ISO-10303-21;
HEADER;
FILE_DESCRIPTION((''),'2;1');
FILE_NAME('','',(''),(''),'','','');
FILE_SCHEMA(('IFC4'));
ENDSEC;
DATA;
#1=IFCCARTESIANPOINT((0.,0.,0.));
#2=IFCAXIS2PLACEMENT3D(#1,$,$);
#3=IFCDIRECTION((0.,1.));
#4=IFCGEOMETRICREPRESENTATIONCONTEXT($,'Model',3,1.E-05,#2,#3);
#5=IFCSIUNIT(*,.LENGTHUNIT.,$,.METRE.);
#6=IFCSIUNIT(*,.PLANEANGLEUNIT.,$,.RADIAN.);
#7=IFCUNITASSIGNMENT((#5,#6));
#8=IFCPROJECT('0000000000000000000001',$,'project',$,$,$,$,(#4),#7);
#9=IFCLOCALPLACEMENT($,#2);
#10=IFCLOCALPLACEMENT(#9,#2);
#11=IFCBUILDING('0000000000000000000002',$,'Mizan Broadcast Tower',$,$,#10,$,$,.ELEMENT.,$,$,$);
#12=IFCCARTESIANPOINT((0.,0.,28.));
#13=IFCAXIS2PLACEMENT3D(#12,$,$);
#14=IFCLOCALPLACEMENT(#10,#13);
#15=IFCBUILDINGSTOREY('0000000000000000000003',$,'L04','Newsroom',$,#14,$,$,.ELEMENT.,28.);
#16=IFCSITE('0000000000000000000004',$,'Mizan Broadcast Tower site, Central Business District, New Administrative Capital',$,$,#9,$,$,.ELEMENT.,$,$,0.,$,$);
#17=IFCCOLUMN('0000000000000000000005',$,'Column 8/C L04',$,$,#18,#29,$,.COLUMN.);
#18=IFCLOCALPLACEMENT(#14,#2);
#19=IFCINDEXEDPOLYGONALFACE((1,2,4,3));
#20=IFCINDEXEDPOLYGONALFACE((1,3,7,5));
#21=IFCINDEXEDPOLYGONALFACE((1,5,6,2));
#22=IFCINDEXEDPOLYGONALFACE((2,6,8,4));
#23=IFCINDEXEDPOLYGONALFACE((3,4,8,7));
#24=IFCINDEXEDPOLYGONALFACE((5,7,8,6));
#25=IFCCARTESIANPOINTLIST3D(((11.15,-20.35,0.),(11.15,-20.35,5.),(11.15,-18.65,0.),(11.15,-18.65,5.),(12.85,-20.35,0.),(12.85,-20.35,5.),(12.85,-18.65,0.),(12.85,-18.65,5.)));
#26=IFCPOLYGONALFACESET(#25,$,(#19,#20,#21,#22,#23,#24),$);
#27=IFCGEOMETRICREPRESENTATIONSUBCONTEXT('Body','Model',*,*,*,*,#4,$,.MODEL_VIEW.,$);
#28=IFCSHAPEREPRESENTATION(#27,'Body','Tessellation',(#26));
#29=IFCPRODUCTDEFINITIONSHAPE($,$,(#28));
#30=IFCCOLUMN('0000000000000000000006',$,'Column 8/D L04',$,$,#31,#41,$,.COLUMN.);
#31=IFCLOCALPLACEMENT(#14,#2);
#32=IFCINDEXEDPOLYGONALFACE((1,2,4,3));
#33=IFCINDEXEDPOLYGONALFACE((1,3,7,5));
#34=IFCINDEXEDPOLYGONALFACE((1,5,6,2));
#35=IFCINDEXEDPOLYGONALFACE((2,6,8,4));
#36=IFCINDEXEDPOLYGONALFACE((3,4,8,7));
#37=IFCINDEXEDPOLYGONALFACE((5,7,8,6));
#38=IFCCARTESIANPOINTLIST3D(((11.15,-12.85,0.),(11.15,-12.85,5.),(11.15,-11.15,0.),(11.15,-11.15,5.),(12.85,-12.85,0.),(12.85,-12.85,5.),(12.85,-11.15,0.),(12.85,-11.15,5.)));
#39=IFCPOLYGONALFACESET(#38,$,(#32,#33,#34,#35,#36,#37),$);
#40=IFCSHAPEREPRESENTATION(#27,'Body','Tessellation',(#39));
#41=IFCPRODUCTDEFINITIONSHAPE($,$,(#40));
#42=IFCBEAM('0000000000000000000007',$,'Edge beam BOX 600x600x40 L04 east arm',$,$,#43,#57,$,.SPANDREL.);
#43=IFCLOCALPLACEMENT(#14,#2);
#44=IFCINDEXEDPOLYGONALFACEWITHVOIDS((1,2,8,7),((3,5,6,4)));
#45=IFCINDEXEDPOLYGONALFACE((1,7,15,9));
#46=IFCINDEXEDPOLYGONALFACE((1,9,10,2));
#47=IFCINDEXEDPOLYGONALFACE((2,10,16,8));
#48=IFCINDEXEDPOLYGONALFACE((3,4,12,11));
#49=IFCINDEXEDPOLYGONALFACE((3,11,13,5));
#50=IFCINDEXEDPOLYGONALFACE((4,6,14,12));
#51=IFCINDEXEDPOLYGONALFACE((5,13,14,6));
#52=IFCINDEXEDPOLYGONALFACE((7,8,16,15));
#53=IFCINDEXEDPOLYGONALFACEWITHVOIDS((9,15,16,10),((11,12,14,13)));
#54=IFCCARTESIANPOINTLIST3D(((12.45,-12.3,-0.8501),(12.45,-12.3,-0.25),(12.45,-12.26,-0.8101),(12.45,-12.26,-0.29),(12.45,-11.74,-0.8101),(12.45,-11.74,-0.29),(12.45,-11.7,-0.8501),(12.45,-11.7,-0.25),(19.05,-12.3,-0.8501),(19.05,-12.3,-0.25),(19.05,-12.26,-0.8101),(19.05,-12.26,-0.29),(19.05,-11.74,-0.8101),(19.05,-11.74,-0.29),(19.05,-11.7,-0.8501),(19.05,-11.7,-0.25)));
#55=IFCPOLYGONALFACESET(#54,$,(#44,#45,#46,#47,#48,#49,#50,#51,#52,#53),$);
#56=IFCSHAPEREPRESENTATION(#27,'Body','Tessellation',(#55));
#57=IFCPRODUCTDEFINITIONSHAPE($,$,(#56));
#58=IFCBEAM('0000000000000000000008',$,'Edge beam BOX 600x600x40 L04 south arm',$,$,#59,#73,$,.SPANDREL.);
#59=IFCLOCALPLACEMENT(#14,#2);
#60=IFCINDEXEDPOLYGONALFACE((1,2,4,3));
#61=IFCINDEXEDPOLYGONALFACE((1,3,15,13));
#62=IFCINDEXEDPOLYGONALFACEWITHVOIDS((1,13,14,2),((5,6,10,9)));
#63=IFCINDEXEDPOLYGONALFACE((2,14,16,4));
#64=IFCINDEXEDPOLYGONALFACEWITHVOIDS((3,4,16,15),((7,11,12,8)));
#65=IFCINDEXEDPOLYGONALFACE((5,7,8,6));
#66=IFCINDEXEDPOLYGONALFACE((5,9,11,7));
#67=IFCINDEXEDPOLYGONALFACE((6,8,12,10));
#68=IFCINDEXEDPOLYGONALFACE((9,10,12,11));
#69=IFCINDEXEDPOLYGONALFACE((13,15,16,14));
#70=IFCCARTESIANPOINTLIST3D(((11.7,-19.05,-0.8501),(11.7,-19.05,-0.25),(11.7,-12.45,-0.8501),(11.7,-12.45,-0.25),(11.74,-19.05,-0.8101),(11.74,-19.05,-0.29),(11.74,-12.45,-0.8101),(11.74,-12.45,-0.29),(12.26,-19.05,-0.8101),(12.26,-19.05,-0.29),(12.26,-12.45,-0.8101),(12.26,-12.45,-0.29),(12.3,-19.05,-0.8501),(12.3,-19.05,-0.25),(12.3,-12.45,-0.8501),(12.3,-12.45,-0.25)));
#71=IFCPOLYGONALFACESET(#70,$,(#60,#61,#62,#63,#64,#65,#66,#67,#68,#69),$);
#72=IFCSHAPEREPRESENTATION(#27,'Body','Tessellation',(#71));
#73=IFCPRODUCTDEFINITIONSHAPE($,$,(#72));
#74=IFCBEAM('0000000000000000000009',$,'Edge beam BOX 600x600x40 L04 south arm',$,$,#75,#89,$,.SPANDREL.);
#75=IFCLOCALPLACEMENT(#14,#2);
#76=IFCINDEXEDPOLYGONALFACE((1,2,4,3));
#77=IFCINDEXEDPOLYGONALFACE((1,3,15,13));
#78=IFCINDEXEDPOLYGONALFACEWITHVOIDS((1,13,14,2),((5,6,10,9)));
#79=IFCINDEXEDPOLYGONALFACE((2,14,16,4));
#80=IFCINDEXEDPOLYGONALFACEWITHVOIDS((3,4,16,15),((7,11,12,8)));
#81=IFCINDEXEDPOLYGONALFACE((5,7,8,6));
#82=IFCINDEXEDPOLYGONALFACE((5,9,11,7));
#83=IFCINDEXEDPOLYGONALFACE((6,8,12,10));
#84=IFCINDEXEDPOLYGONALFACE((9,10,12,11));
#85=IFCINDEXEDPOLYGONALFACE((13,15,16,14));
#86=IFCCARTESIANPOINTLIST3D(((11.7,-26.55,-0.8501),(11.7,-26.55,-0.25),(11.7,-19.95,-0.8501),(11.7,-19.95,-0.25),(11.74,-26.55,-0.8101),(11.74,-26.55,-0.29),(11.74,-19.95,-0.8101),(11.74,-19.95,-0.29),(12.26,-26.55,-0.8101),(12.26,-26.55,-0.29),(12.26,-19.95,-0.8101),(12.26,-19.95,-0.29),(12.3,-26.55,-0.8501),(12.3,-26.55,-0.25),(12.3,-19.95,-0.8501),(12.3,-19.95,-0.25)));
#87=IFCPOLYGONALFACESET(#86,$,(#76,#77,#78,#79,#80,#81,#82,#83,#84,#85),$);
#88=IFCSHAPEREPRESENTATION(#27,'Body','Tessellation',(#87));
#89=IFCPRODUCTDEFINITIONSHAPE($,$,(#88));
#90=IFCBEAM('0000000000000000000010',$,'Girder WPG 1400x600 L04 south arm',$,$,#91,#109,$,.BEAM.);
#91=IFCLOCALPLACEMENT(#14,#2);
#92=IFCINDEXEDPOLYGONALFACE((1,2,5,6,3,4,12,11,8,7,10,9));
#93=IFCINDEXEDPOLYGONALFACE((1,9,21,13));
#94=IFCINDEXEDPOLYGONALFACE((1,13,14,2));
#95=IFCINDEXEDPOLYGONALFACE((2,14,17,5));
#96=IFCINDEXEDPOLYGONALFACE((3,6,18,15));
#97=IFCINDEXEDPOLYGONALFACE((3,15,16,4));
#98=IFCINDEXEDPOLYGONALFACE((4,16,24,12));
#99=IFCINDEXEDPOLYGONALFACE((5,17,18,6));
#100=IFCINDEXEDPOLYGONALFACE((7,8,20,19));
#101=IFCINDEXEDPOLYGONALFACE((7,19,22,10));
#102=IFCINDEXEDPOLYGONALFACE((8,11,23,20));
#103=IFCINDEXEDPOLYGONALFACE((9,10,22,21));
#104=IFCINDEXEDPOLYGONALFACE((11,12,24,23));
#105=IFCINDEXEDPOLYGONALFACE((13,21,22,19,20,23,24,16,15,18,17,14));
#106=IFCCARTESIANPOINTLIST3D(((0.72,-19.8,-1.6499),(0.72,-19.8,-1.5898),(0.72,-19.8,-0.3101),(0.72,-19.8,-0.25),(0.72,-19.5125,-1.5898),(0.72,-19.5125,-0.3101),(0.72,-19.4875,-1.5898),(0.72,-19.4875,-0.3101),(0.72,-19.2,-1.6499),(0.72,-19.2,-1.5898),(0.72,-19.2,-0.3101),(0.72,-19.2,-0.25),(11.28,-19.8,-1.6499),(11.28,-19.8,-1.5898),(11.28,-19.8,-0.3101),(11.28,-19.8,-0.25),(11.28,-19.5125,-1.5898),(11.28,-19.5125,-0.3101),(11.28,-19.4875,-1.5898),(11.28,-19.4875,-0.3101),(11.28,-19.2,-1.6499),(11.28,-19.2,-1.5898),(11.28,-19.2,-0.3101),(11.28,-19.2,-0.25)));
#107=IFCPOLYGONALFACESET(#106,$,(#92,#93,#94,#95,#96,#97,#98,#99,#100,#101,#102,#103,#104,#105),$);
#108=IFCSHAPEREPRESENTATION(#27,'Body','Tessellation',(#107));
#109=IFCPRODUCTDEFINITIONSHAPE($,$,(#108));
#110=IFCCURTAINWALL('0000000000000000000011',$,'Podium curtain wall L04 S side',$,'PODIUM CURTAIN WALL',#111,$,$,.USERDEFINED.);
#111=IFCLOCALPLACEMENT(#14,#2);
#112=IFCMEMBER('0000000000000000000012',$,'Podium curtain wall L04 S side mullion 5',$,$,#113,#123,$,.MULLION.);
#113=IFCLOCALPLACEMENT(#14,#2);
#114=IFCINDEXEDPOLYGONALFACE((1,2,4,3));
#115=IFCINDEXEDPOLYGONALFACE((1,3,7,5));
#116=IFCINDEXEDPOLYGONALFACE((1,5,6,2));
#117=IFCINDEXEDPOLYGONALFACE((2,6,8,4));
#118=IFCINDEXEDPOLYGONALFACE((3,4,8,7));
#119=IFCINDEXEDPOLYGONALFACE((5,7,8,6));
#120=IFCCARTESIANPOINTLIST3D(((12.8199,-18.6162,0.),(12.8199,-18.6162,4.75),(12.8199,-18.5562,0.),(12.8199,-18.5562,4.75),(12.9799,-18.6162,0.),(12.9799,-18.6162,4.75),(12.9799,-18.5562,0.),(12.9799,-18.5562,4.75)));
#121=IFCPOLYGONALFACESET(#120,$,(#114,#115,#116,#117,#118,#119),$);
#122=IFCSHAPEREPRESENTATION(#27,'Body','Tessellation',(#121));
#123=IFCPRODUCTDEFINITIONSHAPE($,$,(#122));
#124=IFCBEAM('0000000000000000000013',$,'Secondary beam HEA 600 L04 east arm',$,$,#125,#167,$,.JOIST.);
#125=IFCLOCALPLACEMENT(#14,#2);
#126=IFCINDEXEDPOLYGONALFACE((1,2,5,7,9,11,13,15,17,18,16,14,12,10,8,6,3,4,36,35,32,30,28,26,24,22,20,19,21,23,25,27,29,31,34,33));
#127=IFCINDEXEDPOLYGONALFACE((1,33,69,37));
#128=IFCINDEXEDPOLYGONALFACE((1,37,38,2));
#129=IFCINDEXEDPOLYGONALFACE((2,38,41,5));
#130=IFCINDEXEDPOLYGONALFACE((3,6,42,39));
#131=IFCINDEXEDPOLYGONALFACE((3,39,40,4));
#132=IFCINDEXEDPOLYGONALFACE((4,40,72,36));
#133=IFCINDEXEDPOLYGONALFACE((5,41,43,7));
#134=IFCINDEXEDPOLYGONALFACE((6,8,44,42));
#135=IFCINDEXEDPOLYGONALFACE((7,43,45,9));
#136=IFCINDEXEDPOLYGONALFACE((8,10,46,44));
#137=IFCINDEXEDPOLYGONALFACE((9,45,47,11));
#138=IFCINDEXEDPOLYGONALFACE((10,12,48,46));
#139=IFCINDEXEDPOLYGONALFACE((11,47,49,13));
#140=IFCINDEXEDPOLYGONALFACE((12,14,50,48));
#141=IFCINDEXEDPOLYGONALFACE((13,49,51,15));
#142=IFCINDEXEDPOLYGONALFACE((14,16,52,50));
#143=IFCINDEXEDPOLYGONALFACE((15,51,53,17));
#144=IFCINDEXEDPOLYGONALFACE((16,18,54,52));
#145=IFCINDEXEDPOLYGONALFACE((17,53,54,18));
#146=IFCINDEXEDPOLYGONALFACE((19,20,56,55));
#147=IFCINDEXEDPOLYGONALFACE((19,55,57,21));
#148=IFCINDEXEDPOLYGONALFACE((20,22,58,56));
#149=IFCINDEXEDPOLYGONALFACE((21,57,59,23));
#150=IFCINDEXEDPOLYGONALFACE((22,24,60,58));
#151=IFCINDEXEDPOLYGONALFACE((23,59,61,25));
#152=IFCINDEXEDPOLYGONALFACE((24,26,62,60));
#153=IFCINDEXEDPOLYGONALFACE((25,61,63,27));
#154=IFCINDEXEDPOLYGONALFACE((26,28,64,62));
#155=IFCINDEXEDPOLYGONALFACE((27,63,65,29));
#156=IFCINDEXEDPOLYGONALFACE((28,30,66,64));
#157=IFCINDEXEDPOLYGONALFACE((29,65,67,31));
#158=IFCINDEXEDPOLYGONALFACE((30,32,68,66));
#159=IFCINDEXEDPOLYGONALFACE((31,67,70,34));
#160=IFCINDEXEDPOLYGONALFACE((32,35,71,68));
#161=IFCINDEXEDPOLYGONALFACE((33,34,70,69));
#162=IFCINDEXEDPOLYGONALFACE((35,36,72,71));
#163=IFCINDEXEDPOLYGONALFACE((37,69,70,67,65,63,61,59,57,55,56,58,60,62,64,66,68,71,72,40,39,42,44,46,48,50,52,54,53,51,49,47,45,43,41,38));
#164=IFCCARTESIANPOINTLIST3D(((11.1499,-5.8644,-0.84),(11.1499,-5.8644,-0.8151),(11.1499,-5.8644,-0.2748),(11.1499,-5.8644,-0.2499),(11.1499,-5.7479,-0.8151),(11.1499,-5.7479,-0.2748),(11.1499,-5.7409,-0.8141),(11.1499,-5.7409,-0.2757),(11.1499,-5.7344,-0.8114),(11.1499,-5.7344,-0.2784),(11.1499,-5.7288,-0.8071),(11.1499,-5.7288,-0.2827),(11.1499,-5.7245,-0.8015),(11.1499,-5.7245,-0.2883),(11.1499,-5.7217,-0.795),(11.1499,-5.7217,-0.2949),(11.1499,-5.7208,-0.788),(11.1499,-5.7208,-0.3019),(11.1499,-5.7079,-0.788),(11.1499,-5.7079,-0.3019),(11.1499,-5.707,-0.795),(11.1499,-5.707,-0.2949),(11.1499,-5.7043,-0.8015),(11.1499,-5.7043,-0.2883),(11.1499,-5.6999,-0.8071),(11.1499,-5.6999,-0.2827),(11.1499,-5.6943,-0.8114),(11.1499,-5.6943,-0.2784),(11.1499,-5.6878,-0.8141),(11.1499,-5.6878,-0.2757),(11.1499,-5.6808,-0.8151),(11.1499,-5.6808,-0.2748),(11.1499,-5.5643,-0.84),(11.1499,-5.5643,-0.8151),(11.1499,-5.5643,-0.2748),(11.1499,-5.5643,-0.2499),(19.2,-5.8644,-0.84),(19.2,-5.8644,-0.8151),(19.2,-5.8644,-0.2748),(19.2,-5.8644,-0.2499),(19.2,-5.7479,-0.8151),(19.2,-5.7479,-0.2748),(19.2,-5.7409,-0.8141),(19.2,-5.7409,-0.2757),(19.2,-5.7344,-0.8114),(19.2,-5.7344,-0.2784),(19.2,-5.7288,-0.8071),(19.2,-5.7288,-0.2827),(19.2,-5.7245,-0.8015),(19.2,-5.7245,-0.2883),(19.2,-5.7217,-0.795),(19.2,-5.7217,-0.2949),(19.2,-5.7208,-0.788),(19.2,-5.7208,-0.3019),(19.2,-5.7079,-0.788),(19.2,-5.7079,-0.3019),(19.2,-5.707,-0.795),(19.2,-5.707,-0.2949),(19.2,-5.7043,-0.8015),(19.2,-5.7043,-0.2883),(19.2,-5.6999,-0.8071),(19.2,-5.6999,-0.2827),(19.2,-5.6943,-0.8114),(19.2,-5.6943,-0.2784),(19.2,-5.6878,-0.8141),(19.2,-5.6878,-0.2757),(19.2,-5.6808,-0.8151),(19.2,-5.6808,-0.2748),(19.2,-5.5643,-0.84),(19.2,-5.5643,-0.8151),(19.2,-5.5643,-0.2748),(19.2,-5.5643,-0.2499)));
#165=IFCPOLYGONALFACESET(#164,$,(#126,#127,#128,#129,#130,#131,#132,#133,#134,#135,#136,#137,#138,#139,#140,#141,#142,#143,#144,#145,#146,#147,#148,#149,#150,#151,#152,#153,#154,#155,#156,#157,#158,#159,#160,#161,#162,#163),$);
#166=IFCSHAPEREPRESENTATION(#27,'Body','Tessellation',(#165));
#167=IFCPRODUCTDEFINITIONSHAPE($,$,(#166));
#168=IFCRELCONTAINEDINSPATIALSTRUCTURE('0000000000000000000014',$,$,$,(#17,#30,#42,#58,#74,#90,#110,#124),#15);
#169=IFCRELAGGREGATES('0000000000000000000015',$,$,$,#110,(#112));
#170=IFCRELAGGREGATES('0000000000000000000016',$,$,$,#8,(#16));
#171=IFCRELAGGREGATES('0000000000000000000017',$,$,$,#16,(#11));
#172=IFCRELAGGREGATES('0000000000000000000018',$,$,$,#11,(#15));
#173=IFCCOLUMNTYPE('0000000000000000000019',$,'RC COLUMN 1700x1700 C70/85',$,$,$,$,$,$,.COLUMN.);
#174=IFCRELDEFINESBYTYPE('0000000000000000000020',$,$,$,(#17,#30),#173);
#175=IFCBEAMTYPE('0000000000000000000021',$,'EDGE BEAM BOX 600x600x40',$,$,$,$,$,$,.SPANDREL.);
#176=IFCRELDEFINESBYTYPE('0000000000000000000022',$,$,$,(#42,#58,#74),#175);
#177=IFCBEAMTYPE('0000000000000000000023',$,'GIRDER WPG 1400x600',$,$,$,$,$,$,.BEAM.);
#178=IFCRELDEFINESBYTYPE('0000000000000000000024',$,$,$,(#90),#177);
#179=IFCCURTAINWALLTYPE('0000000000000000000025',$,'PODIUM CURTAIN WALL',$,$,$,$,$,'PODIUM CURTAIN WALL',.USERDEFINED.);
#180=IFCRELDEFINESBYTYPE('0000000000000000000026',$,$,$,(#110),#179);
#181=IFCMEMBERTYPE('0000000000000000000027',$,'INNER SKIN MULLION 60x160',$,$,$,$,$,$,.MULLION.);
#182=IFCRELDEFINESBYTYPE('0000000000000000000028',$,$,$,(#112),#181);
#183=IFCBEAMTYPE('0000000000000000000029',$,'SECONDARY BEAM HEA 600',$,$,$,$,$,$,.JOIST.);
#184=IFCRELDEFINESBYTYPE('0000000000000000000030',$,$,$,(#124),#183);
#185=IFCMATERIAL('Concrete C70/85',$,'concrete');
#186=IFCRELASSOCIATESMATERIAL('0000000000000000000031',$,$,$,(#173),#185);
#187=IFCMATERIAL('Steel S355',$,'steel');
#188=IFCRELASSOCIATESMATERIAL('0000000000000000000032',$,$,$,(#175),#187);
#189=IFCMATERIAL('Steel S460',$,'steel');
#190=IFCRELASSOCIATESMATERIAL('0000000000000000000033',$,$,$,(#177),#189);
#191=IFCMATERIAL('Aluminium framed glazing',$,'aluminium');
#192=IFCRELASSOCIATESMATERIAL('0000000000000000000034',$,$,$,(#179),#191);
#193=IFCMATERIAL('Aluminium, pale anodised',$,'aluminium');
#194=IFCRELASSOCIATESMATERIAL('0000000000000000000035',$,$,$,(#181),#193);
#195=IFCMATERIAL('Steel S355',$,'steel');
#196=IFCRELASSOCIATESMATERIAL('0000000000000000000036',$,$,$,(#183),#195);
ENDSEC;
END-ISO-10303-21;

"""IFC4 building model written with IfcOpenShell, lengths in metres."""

from ifc_helpers import new_model, si_unit, direction, frame, origin, origin_2d, place, context, subcontext, project, spatial, rectangle, hollow_rectangle, i_section, extrude, material, material_profile, profile_set, type_object, element, aggregate, save


model = new_model("IFC4")

# Units and contexts
model_context = context("Model", 3, precision=1e-05, world=origin(), true_north=direction((0.0, 1.0)))
body_context = subcontext(model_context, "Body", "Model", "MODEL_VIEW")
ifc_project = project(units=[si_unit("LENGTHUNIT", "METRE"), si_unit("PLANEANGLEUNIT", "RADIAN")], contexts=[model_context])

# Site, building, storey
site_placement = place(None, origin())
site = spatial("IfcSite", under=ifc_project, at=site_placement, Name="Mizan Broadcast Tower site, Central Business District, New Administrative Capital", CompositionType="ELEMENT", RefElevation=0.0)
building_placement = place(site_placement, origin())
building = spatial("IfcBuilding", under=site, at=building_placement, Name="Mizan Broadcast Tower", CompositionType="ELEMENT")
storey_placement = place(building_placement, frame((0.0, 0.0, 28.0)))
storey = spatial("IfcBuildingStorey", under=building, at=storey_placement, Name="L04", Description="Newsroom", CompositionType="ELEMENT", Elevation=28.0)

# Columns
ifc_material_1 = material(Name="Concrete C70/85", Category="concrete")
ifc_material_profile_1 = material_profile(ifc_material_1, rectangle(XDim=1.7, YDim=1.7, at=origin_2d()), Name="RC 1700x1700")
ifc_profile_set_1 = profile_set([ifc_material_profile_1], Name="Concrete C70/85")
column_type = type_object("IfcColumnType", Name="RC COLUMN 1700x1700 C70/85", PredefinedType="COLUMN", material=ifc_profile_set_1)
for number, where, z_axis, x_axis, name in (
    (1, (12.0, -19.5, 0.0), (0.0, 0.0, 1.0), (1.0, 0.0, 0.0), "Column 8/C L04"),
    (2, (12.0, -12.0, 0.0), (0.0, 0.0, 1.0), (1.0, 0.0, 0.0), "Column 8/D L04"),
):
    element("IfcColumn", number, at=place(storey_placement, frame(where, z_axis=z_axis, x_axis=x_axis)), inside=storey, type_object=column_type, Name=name, PredefinedType="COLUMN", context=body_context, shape_type="SweptSolid", body=[
        extrude(rectangle(XDim=1.7, YDim=1.7, at=origin_2d()), origin(), (0.0, 0.0, 1.0), 5.0),
    ])

# Beams
ifc_material_2 = material(Name="Steel S355", Category="steel")
ifc_material_profile_2 = material_profile(ifc_material_2, hollow_rectangle(XDim=0.6001, YDim=0.6001, WallThickness=0.04, at=origin_2d()), Name="BOX 600x600x40")
ifc_profile_set_2 = profile_set([ifc_material_profile_2], Name="Steel S355")
beam_type_1 = type_object("IfcBeamType", Name="EDGE BEAM BOX 600x600x40", PredefinedType="SPANDREL", material=ifc_profile_set_2)
for number, where, z_axis, x_axis, name in (
    (3, (12.45, -12.0, -0.55), (1.0, 0.0, 0.0), (0.0, 1.0, 0.0), "Edge beam BOX 600x600x40 L04 east arm"),
    (4, (12.0, -12.45, -0.55), (0.0, -1.0, 0.0), (1.0, 0.0, 0.0), "Edge beam BOX 600x600x40 L04 south arm"),
    (5, (12.0, -19.95, -0.55), (0.0, -1.0, 0.0), (1.0, 0.0, 0.0), "Edge beam BOX 600x600x40 L04 south arm"),
):
    element("IfcBeam", number, at=place(storey_placement, frame(where, z_axis=z_axis, x_axis=x_axis)), inside=storey, type_object=beam_type_1, Name=name, PredefinedType="SPANDREL", context=body_context, shape_type="SweptSolid", body=[
        extrude(hollow_rectangle(XDim=0.6001, YDim=0.6001, WallThickness=0.04, at=origin_2d()), origin(), (0.0, 0.0, 1.0), 6.6001),
    ])
ifc_material_3 = material(Name="Steel S460", Category="steel")
ifc_material_profile_3 = material_profile(ifc_material_3, i_section(OverallWidth=0.6001, OverallDepth=1.3999, WebThickness=0.0249, FlangeThickness=0.0601, at=origin_2d()), Name="WPG 1400x600")
ifc_profile_set_3 = profile_set([ifc_material_profile_3], Name="Steel S460")
beam_type_2 = type_object("IfcBeamType", Name="GIRDER WPG 1400x600", PredefinedType="BEAM", material=ifc_profile_set_3)
beam_1_placement = place(storey_placement, frame((0.72, -19.5, -0.95), z_axis=(1.0, 0.0, 0.0), x_axis=(0.0, 1.0, 0.0)))
element("IfcBeam", 6, at=beam_1_placement, inside=storey, type_object=beam_type_2, Name="Girder WPG 1400x600 L04 south arm", PredefinedType="BEAM", context=body_context, shape_type="SweptSolid", body=[
    extrude(i_section(OverallWidth=0.6001, OverallDepth=1.3999, WebThickness=0.0249, FlangeThickness=0.0601, at=origin_2d()), origin(), (0.0, 0.0, 1.0), 10.5601),
])

# Curtain wall, member
ifc_material_4 = material(Name="Aluminium framed glazing", Category="aluminium")
curtain_wall_type = type_object("IfcCurtainWallType", Name="PODIUM CURTAIN WALL", ElementType="PODIUM CURTAIN WALL", PredefinedType="USERDEFINED", material=ifc_material_4)
curtain_wall_placement = place(storey_placement, origin())
curtain_wall = element("IfcCurtainWall", 7, at=curtain_wall_placement, inside=storey, type_object=curtain_wall_type, Name="Podium curtain wall L04 S side", ObjectType="PODIUM CURTAIN WALL", PredefinedType="USERDEFINED")
ifc_material_5 = material(Name="Aluminium, pale anodised", Category="aluminium")
ifc_material_profile_4 = material_profile(ifc_material_5, rectangle(XDim=0.1599, YDim=0.0601, at=origin_2d()), Name="MULLION 160x60")
ifc_profile_set_4 = profile_set([ifc_material_profile_4], Name="Aluminium, pale anodised")
member_type = type_object("IfcMemberType", Name="INNER SKIN MULLION 60x160", PredefinedType="MULLION", material=ifc_profile_set_4)
member_placement = place(storey_placement, frame((12.8999, -18.5862, 0.0), z_axis=(0.0, 0.0, 1.0), x_axis=(-1.0, 0.0, 0.0)))
member = element("IfcMember", 8, at=member_placement, type_object=member_type, Name="Podium curtain wall L04 S side mullion 5", PredefinedType="MULLION", context=body_context, shape_type="SweptSolid", body=[
    extrude(rectangle(XDim=0.1599, YDim=0.0601, at=origin_2d()), origin(), (0.0, 0.0, 1.0), 4.75),
])

# Beam
ifc_material_6 = material(Name="Steel S355", Category="steel")
ifc_material_profile_5 = material_profile(ifc_material_6, i_section(OverallWidth=0.3, OverallDepth=0.5901, WebThickness=0.0129, FlangeThickness=0.0249, FilletRadius=0.0271, at=origin_2d()), Name="HEA 600")
ifc_profile_set_5 = profile_set([ifc_material_profile_5], Name="Steel S355")
beam_type_3 = type_object("IfcBeamType", Name="SECONDARY BEAM HEA 600", PredefinedType="JOIST", material=ifc_profile_set_5)
for number, where, z_axis, x_axis, name in (
    (9, (11.1499, -5.7144, -0.5449), (1.0, 0.0, 0.0), (0.0, 1.0, 0.0), "Secondary beam HEA 600 L04 east arm"),
):
    element("IfcBeam", number, at=place(storey_placement, frame(where, z_axis=z_axis, x_axis=x_axis)), inside=storey, type_object=beam_type_3, Name=name, PredefinedType="JOIST", context=body_context, shape_type="SweptSolid", body=[
        extrude(i_section(OverallWidth=0.3, OverallDepth=0.5901, WebThickness=0.0129, FlangeThickness=0.0249, FilletRadius=0.0271, at=origin_2d()), origin(), (0.0, 0.0, 1.0), 8.05),
    ])

aggregate(curtain_wall, [member])

save(model, "model.ifc")
